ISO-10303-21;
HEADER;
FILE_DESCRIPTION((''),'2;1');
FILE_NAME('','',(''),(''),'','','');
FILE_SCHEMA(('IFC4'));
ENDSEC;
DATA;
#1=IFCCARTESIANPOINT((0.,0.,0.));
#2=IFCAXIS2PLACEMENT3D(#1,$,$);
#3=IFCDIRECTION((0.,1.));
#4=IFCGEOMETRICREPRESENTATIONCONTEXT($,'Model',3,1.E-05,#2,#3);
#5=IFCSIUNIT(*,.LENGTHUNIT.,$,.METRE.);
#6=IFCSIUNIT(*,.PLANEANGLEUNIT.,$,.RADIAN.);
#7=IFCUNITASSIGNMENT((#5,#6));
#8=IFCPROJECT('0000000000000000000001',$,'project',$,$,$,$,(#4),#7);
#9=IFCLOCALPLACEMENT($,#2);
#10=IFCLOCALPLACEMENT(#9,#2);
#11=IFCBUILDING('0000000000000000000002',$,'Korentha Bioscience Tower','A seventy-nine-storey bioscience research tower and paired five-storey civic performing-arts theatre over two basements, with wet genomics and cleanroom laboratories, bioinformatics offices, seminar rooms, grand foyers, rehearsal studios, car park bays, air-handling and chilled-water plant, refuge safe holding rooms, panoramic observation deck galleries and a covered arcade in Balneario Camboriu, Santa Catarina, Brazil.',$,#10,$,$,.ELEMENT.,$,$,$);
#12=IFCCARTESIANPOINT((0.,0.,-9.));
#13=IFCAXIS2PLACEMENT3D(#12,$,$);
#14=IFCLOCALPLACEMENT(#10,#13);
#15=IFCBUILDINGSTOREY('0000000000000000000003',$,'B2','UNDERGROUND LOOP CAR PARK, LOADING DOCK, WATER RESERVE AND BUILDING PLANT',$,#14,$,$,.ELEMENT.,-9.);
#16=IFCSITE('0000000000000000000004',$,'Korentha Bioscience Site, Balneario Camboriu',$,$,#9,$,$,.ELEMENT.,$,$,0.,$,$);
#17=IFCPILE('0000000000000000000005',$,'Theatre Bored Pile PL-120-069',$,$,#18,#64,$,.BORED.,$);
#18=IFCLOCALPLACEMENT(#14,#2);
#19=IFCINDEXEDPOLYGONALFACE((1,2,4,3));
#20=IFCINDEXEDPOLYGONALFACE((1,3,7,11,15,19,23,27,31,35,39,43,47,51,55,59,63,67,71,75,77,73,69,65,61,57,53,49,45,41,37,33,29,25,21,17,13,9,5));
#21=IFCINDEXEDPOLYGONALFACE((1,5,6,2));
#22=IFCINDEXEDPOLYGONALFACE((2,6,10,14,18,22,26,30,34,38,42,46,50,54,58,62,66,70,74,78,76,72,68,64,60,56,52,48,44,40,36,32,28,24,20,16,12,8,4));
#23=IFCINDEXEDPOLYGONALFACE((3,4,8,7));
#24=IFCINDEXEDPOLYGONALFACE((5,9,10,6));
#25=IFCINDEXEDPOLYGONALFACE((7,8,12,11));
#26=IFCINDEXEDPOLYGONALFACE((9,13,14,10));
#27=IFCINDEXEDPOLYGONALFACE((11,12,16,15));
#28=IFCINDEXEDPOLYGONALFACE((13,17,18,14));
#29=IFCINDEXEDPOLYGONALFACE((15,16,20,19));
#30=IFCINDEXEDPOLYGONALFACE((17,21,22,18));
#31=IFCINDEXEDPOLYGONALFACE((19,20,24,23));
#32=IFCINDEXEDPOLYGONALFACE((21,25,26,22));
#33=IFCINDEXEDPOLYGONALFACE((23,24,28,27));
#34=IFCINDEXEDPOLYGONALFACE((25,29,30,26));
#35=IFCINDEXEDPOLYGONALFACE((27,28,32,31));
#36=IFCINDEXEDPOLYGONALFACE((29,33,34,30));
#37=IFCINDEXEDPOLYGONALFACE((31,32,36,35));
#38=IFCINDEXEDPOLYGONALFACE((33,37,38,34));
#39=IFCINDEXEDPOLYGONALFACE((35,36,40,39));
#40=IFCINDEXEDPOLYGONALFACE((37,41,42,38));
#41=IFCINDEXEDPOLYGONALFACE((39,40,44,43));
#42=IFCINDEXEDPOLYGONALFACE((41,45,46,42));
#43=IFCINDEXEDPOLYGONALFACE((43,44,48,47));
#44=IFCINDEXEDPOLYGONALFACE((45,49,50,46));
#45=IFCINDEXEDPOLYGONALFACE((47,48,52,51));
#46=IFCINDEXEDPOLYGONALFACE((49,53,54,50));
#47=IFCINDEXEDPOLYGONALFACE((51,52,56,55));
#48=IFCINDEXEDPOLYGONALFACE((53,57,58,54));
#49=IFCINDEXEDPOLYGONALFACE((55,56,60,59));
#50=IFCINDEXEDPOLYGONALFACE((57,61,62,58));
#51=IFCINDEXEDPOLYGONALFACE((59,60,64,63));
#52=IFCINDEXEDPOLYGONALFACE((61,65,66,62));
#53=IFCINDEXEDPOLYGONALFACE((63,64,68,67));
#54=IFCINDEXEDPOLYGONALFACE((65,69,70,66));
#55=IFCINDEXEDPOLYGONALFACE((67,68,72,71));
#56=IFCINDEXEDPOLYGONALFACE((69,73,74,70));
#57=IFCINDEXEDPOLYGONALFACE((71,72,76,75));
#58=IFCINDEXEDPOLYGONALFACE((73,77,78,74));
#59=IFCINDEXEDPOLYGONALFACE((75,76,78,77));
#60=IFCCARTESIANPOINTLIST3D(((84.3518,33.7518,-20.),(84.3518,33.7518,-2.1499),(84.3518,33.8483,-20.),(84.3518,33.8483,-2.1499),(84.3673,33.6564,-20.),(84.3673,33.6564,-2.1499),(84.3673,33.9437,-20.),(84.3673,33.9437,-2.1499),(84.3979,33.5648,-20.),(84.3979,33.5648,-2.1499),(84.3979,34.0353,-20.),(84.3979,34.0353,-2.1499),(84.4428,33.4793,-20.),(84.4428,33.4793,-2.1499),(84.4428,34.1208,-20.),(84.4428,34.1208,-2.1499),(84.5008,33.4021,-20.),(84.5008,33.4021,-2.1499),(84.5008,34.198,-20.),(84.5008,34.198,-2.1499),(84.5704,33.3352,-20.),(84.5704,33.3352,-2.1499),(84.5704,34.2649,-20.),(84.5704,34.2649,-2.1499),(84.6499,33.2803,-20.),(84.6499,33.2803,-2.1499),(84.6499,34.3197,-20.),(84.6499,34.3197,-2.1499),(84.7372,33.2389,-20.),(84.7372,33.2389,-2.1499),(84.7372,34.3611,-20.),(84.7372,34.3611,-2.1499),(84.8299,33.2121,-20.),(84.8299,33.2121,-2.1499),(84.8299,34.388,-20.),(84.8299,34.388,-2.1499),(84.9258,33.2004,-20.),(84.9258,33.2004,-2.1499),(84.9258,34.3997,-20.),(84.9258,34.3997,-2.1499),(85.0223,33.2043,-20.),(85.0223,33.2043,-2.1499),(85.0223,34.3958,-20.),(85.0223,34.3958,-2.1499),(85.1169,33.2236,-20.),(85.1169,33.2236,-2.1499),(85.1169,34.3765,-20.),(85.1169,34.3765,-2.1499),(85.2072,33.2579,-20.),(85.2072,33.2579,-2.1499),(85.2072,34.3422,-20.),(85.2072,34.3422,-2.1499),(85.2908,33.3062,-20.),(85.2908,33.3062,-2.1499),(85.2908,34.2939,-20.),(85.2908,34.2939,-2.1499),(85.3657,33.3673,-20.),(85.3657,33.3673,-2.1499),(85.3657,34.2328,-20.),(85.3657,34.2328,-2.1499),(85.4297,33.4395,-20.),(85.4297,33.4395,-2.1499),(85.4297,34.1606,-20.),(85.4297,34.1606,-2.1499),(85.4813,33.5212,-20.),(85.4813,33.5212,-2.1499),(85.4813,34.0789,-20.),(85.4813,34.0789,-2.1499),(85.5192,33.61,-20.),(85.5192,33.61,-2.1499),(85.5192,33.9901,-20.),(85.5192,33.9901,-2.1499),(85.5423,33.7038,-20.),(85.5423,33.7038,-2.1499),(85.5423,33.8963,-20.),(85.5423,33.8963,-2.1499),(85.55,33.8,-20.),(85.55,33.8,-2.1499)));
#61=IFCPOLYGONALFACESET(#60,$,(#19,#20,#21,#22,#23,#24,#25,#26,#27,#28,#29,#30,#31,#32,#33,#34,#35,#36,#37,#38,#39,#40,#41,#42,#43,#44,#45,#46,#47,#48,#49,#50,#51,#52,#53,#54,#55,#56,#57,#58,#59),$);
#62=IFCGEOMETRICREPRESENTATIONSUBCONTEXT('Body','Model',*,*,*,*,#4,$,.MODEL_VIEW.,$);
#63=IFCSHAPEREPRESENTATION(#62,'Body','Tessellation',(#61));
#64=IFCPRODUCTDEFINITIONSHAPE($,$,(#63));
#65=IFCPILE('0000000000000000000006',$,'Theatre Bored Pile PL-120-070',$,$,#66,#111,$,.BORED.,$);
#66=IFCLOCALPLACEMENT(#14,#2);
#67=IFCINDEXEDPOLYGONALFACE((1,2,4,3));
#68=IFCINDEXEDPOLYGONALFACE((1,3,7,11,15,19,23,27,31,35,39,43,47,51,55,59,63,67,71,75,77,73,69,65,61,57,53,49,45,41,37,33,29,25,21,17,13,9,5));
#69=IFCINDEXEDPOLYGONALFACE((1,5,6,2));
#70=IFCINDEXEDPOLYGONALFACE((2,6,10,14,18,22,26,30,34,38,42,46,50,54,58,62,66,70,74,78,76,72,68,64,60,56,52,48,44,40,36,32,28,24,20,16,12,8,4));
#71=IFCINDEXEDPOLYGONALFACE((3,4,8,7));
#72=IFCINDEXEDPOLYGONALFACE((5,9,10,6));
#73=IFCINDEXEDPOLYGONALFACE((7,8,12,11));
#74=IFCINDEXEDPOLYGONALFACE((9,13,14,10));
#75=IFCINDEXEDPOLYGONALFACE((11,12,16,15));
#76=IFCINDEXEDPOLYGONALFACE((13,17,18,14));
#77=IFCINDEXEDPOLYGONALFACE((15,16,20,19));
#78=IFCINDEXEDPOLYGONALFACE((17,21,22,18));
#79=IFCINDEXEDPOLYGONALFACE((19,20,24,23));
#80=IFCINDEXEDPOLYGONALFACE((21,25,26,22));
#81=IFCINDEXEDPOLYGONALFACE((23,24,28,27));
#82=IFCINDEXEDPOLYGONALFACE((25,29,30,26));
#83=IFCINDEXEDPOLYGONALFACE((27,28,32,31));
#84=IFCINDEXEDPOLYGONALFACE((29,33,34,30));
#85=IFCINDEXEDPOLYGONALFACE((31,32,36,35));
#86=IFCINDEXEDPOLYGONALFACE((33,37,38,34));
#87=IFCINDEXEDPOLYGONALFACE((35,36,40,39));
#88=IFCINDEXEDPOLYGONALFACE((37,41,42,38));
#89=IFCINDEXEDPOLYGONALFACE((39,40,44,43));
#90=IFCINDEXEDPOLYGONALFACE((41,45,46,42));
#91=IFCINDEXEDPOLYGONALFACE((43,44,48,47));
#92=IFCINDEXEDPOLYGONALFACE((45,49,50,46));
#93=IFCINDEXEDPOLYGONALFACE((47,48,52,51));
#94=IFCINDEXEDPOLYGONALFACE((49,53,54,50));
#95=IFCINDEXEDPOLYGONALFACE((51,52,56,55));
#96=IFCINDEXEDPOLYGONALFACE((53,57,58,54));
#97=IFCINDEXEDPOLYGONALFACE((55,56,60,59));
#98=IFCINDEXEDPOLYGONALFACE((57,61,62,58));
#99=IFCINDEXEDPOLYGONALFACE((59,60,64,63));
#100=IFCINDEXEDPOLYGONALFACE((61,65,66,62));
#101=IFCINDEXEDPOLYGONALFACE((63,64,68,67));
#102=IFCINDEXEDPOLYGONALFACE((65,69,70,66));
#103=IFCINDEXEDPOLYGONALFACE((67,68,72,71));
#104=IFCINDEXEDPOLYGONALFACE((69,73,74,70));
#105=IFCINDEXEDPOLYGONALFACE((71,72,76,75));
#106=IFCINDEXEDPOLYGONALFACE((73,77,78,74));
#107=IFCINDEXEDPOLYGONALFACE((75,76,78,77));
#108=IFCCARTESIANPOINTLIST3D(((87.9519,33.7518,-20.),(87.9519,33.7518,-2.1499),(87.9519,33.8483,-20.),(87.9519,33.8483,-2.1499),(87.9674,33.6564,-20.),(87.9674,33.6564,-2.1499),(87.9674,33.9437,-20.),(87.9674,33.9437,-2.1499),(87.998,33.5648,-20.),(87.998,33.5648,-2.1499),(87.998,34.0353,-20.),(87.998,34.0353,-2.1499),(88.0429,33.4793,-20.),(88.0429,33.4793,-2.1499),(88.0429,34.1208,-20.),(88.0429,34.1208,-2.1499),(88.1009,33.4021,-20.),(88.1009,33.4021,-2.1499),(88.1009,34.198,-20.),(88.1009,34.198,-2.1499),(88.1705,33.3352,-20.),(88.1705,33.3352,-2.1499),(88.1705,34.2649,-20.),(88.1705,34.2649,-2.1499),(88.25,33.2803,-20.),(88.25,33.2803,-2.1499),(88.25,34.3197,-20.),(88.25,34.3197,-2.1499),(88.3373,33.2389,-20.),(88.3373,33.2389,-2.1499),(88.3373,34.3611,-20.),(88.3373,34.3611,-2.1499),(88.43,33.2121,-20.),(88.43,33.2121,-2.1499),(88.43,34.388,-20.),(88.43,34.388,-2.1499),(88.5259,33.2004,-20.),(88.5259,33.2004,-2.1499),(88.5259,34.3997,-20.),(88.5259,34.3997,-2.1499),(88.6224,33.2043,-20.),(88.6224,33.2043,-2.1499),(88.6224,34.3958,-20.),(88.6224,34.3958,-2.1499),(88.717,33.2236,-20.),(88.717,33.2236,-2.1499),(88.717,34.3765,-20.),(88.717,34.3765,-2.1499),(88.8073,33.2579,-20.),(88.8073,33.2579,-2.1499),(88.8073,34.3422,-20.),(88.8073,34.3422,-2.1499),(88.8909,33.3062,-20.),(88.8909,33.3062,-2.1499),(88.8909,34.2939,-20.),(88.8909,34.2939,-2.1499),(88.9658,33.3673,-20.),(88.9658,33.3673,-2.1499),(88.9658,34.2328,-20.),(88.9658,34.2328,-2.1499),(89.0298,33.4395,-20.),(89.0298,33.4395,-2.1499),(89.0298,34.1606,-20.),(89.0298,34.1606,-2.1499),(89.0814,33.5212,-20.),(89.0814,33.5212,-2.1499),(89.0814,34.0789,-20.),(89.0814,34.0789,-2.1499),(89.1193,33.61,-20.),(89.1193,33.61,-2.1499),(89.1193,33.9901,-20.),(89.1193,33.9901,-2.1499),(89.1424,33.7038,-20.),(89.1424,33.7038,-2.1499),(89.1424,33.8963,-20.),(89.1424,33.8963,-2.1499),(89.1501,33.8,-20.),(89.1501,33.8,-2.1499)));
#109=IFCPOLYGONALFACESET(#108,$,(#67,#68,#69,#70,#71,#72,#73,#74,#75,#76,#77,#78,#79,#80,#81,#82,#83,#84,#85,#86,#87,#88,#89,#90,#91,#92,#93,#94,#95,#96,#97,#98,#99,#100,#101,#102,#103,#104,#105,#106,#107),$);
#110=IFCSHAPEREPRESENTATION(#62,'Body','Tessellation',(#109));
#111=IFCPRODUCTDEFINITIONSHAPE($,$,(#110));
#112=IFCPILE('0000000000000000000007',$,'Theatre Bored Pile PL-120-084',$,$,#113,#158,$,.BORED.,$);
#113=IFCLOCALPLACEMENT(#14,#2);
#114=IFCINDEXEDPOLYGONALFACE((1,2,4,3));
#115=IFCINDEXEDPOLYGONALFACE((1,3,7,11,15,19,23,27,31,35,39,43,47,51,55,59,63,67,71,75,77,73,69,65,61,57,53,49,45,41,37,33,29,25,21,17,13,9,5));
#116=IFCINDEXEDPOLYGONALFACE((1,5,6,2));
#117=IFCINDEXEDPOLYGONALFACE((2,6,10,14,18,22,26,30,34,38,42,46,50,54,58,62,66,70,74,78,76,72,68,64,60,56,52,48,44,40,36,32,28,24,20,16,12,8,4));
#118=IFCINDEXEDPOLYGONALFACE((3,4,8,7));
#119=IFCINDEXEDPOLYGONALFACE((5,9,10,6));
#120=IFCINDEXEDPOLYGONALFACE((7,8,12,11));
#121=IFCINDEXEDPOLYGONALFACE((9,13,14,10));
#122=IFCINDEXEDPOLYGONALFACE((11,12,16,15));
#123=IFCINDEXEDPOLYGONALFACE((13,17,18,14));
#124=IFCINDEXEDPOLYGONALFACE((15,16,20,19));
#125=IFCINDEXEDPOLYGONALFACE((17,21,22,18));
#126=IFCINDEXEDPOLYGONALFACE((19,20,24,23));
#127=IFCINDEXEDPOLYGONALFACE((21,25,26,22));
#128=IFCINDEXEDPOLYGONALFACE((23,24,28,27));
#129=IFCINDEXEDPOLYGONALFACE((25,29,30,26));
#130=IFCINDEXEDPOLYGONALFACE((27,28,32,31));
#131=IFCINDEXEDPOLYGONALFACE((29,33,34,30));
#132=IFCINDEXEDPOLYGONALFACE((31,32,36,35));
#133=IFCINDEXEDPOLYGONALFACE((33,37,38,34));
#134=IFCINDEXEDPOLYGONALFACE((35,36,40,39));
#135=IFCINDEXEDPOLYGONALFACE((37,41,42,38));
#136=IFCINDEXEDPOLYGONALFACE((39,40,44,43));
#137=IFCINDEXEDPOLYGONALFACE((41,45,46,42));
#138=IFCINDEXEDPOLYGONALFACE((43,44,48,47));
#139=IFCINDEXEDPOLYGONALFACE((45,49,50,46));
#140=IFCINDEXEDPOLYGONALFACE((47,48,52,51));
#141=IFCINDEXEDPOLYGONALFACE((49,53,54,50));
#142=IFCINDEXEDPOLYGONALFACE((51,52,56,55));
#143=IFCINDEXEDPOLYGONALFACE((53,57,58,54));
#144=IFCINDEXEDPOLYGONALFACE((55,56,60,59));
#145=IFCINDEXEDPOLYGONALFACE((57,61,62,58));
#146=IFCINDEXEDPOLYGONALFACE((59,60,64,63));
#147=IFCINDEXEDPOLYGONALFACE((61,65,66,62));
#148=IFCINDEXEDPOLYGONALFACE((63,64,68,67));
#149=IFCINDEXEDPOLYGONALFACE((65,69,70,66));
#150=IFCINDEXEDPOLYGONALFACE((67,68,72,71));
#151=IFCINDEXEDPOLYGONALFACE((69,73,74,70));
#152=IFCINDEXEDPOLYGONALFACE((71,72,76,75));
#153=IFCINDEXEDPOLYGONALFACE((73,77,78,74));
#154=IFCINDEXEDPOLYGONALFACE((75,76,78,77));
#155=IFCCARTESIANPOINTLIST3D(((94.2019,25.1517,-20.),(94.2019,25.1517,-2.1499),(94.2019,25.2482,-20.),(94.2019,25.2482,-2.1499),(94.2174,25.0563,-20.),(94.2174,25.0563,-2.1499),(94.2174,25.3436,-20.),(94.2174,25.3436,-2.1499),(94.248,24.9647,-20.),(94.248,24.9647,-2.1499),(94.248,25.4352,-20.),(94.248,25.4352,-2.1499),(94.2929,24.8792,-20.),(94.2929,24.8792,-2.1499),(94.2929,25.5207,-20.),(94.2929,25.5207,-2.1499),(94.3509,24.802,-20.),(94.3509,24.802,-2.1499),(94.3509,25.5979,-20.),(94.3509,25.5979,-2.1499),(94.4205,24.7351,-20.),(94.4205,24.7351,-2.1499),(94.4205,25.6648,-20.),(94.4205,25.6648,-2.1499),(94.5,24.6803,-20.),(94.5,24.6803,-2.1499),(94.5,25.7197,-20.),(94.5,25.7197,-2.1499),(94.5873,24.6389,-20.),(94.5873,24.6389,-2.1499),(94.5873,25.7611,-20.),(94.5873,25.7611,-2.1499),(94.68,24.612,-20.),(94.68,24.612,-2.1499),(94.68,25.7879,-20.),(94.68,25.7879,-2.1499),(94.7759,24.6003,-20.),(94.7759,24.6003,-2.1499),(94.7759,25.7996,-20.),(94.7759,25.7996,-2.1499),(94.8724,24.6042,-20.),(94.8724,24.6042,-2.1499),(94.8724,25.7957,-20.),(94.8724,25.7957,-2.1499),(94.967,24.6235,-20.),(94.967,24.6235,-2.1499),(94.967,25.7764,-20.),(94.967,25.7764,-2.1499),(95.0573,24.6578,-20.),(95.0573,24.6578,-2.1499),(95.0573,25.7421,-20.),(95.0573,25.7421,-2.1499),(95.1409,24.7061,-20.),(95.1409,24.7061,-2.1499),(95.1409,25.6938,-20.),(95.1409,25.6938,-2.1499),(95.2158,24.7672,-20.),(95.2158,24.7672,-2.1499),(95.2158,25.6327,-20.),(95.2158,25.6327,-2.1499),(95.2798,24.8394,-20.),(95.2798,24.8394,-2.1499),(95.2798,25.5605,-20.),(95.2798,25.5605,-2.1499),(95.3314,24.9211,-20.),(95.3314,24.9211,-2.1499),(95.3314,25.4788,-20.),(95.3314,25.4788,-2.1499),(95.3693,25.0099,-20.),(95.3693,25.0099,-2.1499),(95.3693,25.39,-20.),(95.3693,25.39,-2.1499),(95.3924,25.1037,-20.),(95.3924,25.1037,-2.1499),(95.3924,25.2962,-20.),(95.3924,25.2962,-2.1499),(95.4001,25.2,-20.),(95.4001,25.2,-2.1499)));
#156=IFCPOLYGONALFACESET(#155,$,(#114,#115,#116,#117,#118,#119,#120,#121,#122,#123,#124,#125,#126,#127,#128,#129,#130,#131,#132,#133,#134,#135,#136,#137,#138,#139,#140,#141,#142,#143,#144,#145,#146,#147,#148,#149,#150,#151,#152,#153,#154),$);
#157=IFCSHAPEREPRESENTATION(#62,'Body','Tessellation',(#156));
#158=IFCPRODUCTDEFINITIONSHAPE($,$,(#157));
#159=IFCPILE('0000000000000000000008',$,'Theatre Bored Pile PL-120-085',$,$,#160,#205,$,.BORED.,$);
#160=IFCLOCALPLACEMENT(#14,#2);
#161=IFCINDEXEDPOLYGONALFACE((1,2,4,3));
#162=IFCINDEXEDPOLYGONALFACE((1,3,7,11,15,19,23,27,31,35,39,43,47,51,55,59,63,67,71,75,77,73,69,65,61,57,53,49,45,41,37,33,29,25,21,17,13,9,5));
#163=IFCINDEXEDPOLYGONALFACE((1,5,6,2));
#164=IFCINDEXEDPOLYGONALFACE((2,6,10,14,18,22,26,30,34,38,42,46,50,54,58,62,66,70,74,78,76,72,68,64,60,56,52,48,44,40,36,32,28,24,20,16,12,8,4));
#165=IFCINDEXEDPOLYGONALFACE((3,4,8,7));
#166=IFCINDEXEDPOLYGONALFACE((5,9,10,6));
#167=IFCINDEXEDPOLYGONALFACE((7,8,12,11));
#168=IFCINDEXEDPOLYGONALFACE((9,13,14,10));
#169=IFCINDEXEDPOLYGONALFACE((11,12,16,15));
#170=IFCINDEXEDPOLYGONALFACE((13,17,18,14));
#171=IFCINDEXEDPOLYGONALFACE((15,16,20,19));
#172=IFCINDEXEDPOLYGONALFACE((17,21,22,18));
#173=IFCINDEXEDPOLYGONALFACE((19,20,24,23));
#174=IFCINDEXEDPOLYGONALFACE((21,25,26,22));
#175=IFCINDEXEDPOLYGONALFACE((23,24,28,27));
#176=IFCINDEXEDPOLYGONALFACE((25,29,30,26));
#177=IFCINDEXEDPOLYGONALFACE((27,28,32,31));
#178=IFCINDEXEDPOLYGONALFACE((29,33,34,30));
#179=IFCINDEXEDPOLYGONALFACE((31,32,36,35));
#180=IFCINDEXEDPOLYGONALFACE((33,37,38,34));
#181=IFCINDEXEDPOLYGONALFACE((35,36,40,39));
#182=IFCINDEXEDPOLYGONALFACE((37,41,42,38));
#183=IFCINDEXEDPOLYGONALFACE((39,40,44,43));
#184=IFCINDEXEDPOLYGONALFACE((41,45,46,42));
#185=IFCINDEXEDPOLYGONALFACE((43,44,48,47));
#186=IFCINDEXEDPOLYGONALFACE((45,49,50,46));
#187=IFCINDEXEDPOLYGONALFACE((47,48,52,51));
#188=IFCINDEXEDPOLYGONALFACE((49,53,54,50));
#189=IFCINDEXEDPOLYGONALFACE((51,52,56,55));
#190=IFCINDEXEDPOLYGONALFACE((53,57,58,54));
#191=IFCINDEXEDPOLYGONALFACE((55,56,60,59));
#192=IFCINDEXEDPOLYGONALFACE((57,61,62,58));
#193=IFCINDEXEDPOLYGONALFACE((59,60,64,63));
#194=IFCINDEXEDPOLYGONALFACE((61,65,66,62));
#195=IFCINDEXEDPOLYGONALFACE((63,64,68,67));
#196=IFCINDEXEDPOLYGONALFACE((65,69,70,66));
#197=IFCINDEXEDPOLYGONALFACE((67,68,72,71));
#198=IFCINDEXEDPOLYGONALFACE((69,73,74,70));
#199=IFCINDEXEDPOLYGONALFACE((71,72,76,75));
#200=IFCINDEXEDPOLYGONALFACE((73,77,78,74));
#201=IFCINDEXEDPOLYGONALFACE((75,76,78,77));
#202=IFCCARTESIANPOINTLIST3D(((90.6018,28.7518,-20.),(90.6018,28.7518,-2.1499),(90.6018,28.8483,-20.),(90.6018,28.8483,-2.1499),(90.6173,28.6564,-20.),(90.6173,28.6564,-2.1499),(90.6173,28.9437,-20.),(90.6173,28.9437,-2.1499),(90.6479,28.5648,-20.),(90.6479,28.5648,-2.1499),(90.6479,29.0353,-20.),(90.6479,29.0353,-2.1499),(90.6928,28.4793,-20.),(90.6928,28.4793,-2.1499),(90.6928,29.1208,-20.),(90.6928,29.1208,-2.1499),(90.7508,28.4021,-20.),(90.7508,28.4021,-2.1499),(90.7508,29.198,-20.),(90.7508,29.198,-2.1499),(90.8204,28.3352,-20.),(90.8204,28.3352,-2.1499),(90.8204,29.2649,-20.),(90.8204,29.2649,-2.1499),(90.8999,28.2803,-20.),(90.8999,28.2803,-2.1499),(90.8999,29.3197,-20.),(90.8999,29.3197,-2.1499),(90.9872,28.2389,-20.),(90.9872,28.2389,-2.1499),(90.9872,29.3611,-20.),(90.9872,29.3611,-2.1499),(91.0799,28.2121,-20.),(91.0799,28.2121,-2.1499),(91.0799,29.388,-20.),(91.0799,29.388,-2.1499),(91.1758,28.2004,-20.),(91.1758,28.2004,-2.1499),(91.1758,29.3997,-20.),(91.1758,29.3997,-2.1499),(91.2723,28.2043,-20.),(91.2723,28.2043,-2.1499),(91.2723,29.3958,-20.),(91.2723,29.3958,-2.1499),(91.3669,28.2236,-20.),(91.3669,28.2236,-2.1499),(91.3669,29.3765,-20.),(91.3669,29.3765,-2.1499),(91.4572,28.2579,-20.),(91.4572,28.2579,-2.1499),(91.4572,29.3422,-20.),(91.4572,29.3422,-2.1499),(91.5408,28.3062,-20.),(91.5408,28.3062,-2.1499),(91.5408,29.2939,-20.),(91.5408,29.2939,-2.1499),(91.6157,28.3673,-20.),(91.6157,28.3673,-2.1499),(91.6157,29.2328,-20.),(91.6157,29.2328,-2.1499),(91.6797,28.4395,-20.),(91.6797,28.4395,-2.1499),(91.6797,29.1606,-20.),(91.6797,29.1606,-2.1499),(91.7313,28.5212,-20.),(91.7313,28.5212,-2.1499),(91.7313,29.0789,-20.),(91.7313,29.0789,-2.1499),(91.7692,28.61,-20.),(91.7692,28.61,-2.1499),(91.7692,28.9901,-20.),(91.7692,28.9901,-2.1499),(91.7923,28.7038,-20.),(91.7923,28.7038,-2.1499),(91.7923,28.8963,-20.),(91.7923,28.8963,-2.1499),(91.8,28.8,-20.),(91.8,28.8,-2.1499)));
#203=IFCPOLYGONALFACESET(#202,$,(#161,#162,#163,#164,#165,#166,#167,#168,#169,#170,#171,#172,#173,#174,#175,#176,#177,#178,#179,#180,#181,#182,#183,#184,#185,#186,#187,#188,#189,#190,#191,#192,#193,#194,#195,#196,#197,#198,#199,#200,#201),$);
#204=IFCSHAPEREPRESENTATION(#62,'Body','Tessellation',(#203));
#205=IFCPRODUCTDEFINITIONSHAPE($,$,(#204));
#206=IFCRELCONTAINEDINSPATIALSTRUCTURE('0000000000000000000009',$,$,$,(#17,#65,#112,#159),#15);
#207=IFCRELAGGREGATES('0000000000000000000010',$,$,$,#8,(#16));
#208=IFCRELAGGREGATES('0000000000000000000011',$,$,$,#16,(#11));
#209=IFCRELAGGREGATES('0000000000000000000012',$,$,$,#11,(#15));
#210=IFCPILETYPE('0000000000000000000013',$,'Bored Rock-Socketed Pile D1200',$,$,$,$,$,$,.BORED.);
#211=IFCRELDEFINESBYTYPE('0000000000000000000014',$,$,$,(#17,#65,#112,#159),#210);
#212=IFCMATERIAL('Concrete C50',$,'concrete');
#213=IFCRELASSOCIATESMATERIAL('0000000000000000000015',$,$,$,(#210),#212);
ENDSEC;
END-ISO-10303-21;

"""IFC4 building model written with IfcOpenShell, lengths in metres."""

from ifc_helpers import new_model, si_unit, direction, frame, origin, origin_2d, place, context, subcontext, project, spatial, circle, extrude, material, material_profile, profile_set, type_object, element, save


model = new_model("IFC4")

# Units and contexts
model_context = context("Model", 3, precision=1e-05, world=origin(), true_north=direction((0.0, 1.0)))
body_context = subcontext(model_context, "Body", "Model", "MODEL_VIEW")
ifc_project = project(units=[si_unit("LENGTHUNIT", "METRE"), si_unit("PLANEANGLEUNIT", "RADIAN")], contexts=[model_context])

# Site, building, storey
site_placement = place(None, origin())
site = spatial("IfcSite", under=ifc_project, at=site_placement, Name="Korentha Bioscience Site, Balneario Camboriu", CompositionType="ELEMENT", RefElevation=0.0)
building_placement = place(site_placement, origin())
building = spatial("IfcBuilding", under=site, at=building_placement, Name="Korentha Bioscience Tower", Description="A seventy-nine-storey bioscience research tower and paired five-storey civic performing-arts theatre over two basements, with wet genomics and cleanroom laboratories, bioinformatics offices, seminar rooms, grand foyers, rehearsal studios, car park bays, air-handling and chilled-water plant, refuge safe holding rooms, panoramic observation deck galleries and a covered arcade in Balneario Camboriu, Santa Catarina, Brazil.", CompositionType="ELEMENT")
storey_placement = place(building_placement, frame((0.0, 0.0, -9.0)))
storey = spatial("IfcBuildingStorey", under=building, at=storey_placement, Name="B2", Description="UNDERGROUND LOOP CAR PARK, LOADING DOCK, WATER RESERVE AND BUILDING PLANT", CompositionType="ELEMENT", Elevation=-9.0)

# Piles
ifc_material_1 = material(Name="Concrete C50", Category="concrete")
ifc_material_profile_1 = material_profile(ifc_material_1, circle(Radius=0.6001, at=origin_2d()), Name="Concrete C50")
ifc_profile_set_1 = profile_set([ifc_material_profile_1], Name="Concrete C50 (PL-120)")
pile_type = type_object("IfcPileType", Name="Bored Rock-Socketed Pile D1200", PredefinedType="BORED", material=ifc_profile_set_1)
for number, where, z_axis, x_axis, name in (
    (1, (84.95, 33.8, -2.1499), (0.0, 0.0, -1.0), (1.0, 0.0, 0.0), "Theatre Bored Pile PL-120-069"),
    (2, (88.55, 33.8, -2.1499), (0.0, 0.0, -1.0), (1.0, 0.0, 0.0), "Theatre Bored Pile PL-120-070"),
    (3, (94.8, 25.2, -2.1499), (0.0, 0.0, -1.0), (1.0, 0.0, 0.0), "Theatre Bored Pile PL-120-084"),
    (4, (91.2, 28.8, -2.1499), (0.0, 0.0, -1.0), (1.0, 0.0, 0.0), "Theatre Bored Pile PL-120-085"),
):
    element("IfcPile", number, at=place(storey_placement, frame(where, z_axis=z_axis, x_axis=x_axis)), inside=storey, type_object=pile_type, Name=name, PredefinedType="BORED", context=body_context, shape_type="SweptSolid", body=[
        extrude(circle(Radius=0.6001, at=origin_2d()), origin(), (0.0, 0.0, 1.0), 17.8501),
    ])

save(model, "model.ifc")
